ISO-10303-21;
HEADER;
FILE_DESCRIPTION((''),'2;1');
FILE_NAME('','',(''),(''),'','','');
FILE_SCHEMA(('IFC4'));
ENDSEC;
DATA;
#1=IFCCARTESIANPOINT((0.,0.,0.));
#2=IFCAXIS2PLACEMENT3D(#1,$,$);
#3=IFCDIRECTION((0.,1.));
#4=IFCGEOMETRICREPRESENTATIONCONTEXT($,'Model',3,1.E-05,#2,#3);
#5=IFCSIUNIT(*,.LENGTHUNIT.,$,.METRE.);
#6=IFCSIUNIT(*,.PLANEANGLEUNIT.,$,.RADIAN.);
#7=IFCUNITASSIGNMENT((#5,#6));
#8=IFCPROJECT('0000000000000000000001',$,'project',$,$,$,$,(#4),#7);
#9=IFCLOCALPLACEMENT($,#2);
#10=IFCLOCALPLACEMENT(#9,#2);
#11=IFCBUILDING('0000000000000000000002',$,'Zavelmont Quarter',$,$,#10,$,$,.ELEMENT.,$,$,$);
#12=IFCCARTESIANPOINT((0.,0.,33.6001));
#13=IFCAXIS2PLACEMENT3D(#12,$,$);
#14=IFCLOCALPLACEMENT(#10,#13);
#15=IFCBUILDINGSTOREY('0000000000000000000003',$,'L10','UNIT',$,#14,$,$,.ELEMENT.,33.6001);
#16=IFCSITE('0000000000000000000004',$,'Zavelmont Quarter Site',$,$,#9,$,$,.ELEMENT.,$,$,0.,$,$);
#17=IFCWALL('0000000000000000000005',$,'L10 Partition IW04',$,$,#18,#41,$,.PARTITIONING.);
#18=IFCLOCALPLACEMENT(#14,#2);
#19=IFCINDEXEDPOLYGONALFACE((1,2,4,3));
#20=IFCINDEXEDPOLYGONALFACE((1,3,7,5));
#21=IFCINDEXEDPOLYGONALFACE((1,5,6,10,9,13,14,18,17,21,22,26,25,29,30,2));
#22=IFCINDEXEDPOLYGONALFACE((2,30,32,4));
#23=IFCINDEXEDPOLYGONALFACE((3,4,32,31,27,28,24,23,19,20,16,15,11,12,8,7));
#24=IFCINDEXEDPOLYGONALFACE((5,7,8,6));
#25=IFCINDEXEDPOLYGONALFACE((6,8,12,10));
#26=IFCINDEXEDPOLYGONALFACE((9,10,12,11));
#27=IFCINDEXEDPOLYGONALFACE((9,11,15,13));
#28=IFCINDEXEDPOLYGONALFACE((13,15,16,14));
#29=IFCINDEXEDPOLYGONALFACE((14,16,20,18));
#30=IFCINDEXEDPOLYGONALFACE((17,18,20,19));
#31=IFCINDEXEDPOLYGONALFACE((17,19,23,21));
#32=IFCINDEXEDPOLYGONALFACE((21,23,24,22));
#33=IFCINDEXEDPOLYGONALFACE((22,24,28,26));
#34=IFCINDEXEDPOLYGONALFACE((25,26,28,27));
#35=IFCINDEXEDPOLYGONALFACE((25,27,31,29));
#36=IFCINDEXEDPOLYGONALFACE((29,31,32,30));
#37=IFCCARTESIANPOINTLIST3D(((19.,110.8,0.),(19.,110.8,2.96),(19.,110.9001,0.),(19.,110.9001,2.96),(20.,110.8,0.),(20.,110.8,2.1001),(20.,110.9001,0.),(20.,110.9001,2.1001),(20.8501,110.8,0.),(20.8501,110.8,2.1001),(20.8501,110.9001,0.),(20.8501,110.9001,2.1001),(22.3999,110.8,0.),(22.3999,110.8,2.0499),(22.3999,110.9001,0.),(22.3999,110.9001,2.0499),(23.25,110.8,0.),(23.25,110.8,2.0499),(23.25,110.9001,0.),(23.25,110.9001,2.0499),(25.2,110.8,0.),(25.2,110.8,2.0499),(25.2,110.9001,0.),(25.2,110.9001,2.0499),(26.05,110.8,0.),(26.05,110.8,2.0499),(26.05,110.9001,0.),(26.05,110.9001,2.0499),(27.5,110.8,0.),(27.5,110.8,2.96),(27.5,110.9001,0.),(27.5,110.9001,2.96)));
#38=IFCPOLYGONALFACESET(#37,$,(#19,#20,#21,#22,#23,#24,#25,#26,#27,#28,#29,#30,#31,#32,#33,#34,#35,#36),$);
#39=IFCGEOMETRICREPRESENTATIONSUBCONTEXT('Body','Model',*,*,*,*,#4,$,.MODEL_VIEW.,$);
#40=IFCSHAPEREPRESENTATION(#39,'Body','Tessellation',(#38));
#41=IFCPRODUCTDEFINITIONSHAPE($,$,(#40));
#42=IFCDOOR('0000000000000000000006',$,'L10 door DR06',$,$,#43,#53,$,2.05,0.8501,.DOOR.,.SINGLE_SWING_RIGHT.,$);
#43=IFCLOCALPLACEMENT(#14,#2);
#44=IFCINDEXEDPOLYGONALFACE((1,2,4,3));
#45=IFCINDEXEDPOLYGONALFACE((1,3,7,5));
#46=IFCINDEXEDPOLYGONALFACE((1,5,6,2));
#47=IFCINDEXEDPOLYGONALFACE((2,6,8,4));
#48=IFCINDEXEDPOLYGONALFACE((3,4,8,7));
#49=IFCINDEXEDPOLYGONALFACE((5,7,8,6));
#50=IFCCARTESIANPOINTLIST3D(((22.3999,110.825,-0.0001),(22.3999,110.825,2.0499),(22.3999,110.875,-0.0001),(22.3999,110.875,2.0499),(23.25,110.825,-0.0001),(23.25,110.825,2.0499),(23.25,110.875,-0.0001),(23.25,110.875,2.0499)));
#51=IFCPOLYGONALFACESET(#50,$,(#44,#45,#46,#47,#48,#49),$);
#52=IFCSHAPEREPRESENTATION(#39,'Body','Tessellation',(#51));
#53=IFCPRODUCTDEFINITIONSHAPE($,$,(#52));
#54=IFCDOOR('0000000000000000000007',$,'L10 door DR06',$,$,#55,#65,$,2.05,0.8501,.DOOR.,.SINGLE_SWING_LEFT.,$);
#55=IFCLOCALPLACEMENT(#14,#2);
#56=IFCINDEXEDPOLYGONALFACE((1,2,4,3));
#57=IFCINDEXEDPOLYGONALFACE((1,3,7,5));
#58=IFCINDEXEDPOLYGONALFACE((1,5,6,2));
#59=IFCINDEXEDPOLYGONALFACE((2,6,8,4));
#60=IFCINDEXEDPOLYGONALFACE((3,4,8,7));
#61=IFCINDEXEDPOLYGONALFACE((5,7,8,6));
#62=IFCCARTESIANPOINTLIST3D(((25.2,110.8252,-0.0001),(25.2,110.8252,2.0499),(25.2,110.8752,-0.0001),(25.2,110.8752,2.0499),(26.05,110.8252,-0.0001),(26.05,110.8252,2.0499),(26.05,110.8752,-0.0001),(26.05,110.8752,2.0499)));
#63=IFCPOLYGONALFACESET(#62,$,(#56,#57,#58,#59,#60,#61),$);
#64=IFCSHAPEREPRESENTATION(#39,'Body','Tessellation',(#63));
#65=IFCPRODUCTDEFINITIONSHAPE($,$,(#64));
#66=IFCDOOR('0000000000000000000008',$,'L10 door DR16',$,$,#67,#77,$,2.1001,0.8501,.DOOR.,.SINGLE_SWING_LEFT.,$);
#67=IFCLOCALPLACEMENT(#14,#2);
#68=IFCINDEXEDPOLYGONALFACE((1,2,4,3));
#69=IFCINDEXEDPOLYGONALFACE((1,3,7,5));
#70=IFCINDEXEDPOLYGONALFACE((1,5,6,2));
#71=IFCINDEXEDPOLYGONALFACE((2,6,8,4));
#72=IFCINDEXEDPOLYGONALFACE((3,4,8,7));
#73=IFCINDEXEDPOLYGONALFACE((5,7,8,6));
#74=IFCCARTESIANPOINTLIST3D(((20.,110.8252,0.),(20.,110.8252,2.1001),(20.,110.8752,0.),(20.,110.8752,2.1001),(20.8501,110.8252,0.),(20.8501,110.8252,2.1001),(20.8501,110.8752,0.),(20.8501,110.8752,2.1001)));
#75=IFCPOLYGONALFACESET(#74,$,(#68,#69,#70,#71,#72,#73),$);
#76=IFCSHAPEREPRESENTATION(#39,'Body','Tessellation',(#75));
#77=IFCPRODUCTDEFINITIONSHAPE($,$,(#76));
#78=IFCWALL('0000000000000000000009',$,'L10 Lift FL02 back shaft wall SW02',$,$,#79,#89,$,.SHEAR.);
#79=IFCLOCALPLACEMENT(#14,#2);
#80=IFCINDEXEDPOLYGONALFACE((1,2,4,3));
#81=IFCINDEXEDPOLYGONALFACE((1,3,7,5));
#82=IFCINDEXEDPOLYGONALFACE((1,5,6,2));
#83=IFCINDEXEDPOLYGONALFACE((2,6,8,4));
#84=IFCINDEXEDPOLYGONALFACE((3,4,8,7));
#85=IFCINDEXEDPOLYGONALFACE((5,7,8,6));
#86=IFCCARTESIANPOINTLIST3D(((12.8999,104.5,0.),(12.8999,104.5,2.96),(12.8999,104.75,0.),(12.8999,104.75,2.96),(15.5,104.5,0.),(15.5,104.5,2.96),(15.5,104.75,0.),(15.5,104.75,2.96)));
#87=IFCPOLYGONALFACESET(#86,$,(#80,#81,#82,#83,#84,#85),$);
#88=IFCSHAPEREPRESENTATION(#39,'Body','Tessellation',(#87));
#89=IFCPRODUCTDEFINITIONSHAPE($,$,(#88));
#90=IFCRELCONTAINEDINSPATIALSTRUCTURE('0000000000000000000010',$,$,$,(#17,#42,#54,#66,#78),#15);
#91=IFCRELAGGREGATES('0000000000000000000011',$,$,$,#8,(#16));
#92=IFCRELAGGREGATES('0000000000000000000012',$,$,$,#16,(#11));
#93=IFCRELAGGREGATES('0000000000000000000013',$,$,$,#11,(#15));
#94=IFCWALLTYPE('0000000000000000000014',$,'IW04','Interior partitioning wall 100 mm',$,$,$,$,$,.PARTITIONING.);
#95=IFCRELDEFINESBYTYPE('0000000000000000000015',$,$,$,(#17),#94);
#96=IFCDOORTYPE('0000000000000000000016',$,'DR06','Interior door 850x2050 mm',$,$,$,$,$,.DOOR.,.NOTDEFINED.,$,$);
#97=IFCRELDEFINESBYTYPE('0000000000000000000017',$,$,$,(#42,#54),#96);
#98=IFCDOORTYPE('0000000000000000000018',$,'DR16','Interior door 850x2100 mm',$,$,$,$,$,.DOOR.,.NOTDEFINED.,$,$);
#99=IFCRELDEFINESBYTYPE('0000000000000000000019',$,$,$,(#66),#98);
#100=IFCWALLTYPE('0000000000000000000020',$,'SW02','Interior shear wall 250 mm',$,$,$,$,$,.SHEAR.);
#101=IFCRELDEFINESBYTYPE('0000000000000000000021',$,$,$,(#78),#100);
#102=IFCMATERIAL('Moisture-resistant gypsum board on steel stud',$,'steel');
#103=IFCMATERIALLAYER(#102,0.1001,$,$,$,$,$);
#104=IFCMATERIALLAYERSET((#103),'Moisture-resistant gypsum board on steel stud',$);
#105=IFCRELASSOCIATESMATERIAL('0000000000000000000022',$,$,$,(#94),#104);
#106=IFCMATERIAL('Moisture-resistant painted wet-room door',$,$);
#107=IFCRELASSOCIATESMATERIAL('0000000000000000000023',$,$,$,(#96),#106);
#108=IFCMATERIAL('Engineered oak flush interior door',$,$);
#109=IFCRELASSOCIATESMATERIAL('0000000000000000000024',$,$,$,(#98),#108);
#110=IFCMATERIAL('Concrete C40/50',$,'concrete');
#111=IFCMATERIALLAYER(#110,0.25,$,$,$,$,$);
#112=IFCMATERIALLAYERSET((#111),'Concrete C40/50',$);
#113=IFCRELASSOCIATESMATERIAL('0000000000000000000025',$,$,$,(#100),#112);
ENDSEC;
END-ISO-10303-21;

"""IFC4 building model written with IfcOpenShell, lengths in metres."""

from ifc_helpers import new_model, si_unit, direction, frame, frame_2d, origin, origin_with_axes, place, context, subcontext, project, spatial, rectangle, extrude, material, layer, layer_set, type_object, element, fill, save


model = new_model("IFC4")

# Units and contexts
model_context = context("Model", 3, precision=1e-05, world=origin(), true_north=direction((0.0, 1.0)))
body_context = subcontext(model_context, "Body", "Model", "MODEL_VIEW")
ifc_project = project(units=[si_unit("LENGTHUNIT", "METRE"), si_unit("PLANEANGLEUNIT", "RADIAN")], contexts=[model_context])

# Site, building, storey
site_placement = place(None, origin())
site = spatial("IfcSite", under=ifc_project, at=site_placement, Name="Zavelmont Quarter Site", CompositionType="ELEMENT", RefElevation=0.0)
building_placement = place(site_placement, origin())
building = spatial("IfcBuilding", under=site, at=building_placement, Name="Zavelmont Quarter", CompositionType="ELEMENT")
storey_placement = place(building_placement, frame((0.0, 0.0, 33.6001)))
storey = spatial("IfcBuildingStorey", under=building, at=storey_placement, Name="L10", Description="UNIT", CompositionType="ELEMENT", Elevation=33.6001)

# Shared definitions
ifc_material_1 = material(Name="Concrete C40/50", Category="concrete")

# Shared definitions
ifc_material_2 = material(Name="Engineered oak flush interior door")

# Wall, openings, doors
ifc_material_3 = material(Name="Moisture-resistant gypsum board on steel stud", Category="steel")
ifc_layer_1 = layer(ifc_material_3, 0.1001)
ifc_layer_set_1 = layer_set([ifc_layer_1], Name="Moisture-resistant gypsum board on steel stud")
wall_type_1 = type_object("IfcWallType", Name="IW04", Description="Interior partitioning wall 100 mm", PredefinedType="PARTITIONING", material=ifc_layer_set_1)
wall_1_placement = place(storey_placement, frame((19.0, 110.8501, 0.0), z_axis=(0.0, 0.0, 1.0), x_axis=(1.0, 0.0, 0.0)))
wall_1 = element("IfcWall", 1, at=wall_1_placement, inside=storey, type_object=wall_type_1, Name="L10 Partition IW04", PredefinedType="PARTITIONING", context=body_context, shape_type="SweptSolid", body=[
    extrude(rectangle(XDim=8.5, YDim=0.1001, at=frame_2d((4.25, 0.0))), origin(), (0.0, 0.0, 1.0), 2.96),
])
opening_1_placement = place(wall_1_placement, frame((1.0, 0.0, 0.0)))
opening_1 = element("IfcOpeningElement", 2, at=opening_1_placement, cuts=wall_1, PredefinedType="OPENING", context=body_context, shape_type="SweptSolid", body=[
    extrude(rectangle(XDim=0.8501, YDim=2.1001, at=frame_2d((0.425, 1.05))), frame((0.0, 0.062, 0.0), z_axis=(0.0, -1.0, 0.0), x_axis=(1.0, 0.0, 0.0)), (0.0, 0.0, 1.0), 0.124),
])
opening_2_placement = place(wall_1_placement, frame((3.3999, 0.0, 0.0)))
opening_2 = element("IfcOpeningElement", 3, at=opening_2_placement, cuts=wall_1, PredefinedType="OPENING", context=body_context, shape_type="SweptSolid", body=[
    extrude(rectangle(XDim=0.8501, YDim=2.05, at=frame_2d((0.425, 1.0249))), frame((0.0, 0.062, 0.0), z_axis=(0.0, -1.0, 0.0), x_axis=(1.0, 0.0, 0.0)), (0.0, 0.0, 1.0), 0.124),
])
opening_3_placement = place(wall_1_placement, frame((6.2, 0.0, 0.0)))
opening_3 = element("IfcOpeningElement", 4, at=opening_3_placement, cuts=wall_1, PredefinedType="OPENING", context=body_context, shape_type="SweptSolid", body=[
    extrude(rectangle(XDim=0.8501, YDim=2.05, at=frame_2d((0.425, 1.0249))), frame((0.0, 0.062, 0.0), z_axis=(0.0, -1.0, 0.0), x_axis=(1.0, 0.0, 0.0)), (0.0, 0.0, 1.0), 0.124),
])
ifc_material_4 = material(Name="Moisture-resistant painted wet-room door")
door_type_1 = type_object("IfcDoorType", Name="DR06", Description="Interior door 850x2050 mm", OperationType="NOTDEFINED", PredefinedType="DOOR", material=ifc_material_4)
door_1_placement = place(opening_2_placement, origin_with_axes())
door_1 = element("IfcDoor", 5, at=door_1_placement, inside=storey, type_object=door_type_1, Name="L10 door DR06", OperationType="SINGLE_SWING_RIGHT", OverallHeight=2.05, OverallWidth=0.8501, PredefinedType="DOOR", context=body_context, shape_type="SweptSolid", body=[
    extrude(rectangle(XDim=0.8501, YDim=2.05, at=frame_2d((0.425, 1.0249))), frame((0.0, 0.0249, 0.0), z_axis=(0.0, -1.0, 0.0), x_axis=(1.0, 0.0, 0.0)), (0.0, 0.0, 1.0), 0.05),
])
fill(opening_2, door_1)
door_2_placement = place(opening_3_placement, frame((0.8501, 0.0, 0.0), z_axis=(0.0, 0.0, 1.0), x_axis=(-1.0, 0.0, 0.0)))
door_2 = element("IfcDoor", 6, at=door_2_placement, inside=storey, type_object=door_type_1, Name="L10 door DR06", OperationType="SINGLE_SWING_LEFT", OverallHeight=2.05, OverallWidth=0.8501, PredefinedType="DOOR", context=body_context, shape_type="SweptSolid", body=[
    extrude(rectangle(XDim=0.8501, YDim=2.05, at=frame_2d((0.425, 1.0249))), frame((0.0, 0.0249, 0.0), z_axis=(0.0, -1.0, 0.0), x_axis=(1.0, 0.0, 0.0)), (0.0, 0.0, 1.0), 0.05),
])
fill(opening_3, door_2)
door_type_2 = type_object("IfcDoorType", Name="DR16", Description="Interior door 850x2100 mm", OperationType="NOTDEFINED", PredefinedType="DOOR", material=ifc_material_2)
door_3_placement = place(opening_1_placement, frame((0.8501, 0.0, 0.0), z_axis=(0.0, 0.0, 1.0), x_axis=(-1.0, 0.0, 0.0)))
door_3 = element("IfcDoor", 7, at=door_3_placement, inside=storey, type_object=door_type_2, Name="L10 door DR16", OperationType="SINGLE_SWING_LEFT", OverallHeight=2.1001, OverallWidth=0.8501, PredefinedType="DOOR", context=body_context, shape_type="SweptSolid", body=[
    extrude(rectangle(XDim=0.8501, YDim=2.1001, at=frame_2d((0.425, 1.05))), frame((0.0, 0.0249, 0.0), z_axis=(0.0, -1.0, 0.0), x_axis=(1.0, 0.0, 0.0)), (0.0, 0.0, 1.0), 0.05),
])
fill(opening_1, door_3)

# Wall
ifc_layer_2 = layer(ifc_material_1, 0.25)
ifc_layer_set_2 = layer_set([ifc_layer_2], Name="Concrete C40/50")
wall_type_2 = type_object("IfcWallType", Name="SW02", Description="Interior shear wall 250 mm", PredefinedType="SHEAR", material=ifc_layer_set_2)
wall_2_placement = place(storey_placement, frame((12.8999, 104.625, 0.0), z_axis=(0.0, 0.0, 1.0), x_axis=(1.0, 0.0, 0.0)))
element("IfcWall", 8, at=wall_2_placement, inside=storey, type_object=wall_type_2, Name="L10 Lift FL02 back shaft wall SW02", PredefinedType="SHEAR", context=body_context, shape_type="SweptSolid", body=[
    extrude(rectangle(XDim=2.6001, YDim=0.25, at=frame_2d((1.3, 0.0))), origin(), (0.0, 0.0, 1.0), 2.96),
])

save(model, "model.ifc")
